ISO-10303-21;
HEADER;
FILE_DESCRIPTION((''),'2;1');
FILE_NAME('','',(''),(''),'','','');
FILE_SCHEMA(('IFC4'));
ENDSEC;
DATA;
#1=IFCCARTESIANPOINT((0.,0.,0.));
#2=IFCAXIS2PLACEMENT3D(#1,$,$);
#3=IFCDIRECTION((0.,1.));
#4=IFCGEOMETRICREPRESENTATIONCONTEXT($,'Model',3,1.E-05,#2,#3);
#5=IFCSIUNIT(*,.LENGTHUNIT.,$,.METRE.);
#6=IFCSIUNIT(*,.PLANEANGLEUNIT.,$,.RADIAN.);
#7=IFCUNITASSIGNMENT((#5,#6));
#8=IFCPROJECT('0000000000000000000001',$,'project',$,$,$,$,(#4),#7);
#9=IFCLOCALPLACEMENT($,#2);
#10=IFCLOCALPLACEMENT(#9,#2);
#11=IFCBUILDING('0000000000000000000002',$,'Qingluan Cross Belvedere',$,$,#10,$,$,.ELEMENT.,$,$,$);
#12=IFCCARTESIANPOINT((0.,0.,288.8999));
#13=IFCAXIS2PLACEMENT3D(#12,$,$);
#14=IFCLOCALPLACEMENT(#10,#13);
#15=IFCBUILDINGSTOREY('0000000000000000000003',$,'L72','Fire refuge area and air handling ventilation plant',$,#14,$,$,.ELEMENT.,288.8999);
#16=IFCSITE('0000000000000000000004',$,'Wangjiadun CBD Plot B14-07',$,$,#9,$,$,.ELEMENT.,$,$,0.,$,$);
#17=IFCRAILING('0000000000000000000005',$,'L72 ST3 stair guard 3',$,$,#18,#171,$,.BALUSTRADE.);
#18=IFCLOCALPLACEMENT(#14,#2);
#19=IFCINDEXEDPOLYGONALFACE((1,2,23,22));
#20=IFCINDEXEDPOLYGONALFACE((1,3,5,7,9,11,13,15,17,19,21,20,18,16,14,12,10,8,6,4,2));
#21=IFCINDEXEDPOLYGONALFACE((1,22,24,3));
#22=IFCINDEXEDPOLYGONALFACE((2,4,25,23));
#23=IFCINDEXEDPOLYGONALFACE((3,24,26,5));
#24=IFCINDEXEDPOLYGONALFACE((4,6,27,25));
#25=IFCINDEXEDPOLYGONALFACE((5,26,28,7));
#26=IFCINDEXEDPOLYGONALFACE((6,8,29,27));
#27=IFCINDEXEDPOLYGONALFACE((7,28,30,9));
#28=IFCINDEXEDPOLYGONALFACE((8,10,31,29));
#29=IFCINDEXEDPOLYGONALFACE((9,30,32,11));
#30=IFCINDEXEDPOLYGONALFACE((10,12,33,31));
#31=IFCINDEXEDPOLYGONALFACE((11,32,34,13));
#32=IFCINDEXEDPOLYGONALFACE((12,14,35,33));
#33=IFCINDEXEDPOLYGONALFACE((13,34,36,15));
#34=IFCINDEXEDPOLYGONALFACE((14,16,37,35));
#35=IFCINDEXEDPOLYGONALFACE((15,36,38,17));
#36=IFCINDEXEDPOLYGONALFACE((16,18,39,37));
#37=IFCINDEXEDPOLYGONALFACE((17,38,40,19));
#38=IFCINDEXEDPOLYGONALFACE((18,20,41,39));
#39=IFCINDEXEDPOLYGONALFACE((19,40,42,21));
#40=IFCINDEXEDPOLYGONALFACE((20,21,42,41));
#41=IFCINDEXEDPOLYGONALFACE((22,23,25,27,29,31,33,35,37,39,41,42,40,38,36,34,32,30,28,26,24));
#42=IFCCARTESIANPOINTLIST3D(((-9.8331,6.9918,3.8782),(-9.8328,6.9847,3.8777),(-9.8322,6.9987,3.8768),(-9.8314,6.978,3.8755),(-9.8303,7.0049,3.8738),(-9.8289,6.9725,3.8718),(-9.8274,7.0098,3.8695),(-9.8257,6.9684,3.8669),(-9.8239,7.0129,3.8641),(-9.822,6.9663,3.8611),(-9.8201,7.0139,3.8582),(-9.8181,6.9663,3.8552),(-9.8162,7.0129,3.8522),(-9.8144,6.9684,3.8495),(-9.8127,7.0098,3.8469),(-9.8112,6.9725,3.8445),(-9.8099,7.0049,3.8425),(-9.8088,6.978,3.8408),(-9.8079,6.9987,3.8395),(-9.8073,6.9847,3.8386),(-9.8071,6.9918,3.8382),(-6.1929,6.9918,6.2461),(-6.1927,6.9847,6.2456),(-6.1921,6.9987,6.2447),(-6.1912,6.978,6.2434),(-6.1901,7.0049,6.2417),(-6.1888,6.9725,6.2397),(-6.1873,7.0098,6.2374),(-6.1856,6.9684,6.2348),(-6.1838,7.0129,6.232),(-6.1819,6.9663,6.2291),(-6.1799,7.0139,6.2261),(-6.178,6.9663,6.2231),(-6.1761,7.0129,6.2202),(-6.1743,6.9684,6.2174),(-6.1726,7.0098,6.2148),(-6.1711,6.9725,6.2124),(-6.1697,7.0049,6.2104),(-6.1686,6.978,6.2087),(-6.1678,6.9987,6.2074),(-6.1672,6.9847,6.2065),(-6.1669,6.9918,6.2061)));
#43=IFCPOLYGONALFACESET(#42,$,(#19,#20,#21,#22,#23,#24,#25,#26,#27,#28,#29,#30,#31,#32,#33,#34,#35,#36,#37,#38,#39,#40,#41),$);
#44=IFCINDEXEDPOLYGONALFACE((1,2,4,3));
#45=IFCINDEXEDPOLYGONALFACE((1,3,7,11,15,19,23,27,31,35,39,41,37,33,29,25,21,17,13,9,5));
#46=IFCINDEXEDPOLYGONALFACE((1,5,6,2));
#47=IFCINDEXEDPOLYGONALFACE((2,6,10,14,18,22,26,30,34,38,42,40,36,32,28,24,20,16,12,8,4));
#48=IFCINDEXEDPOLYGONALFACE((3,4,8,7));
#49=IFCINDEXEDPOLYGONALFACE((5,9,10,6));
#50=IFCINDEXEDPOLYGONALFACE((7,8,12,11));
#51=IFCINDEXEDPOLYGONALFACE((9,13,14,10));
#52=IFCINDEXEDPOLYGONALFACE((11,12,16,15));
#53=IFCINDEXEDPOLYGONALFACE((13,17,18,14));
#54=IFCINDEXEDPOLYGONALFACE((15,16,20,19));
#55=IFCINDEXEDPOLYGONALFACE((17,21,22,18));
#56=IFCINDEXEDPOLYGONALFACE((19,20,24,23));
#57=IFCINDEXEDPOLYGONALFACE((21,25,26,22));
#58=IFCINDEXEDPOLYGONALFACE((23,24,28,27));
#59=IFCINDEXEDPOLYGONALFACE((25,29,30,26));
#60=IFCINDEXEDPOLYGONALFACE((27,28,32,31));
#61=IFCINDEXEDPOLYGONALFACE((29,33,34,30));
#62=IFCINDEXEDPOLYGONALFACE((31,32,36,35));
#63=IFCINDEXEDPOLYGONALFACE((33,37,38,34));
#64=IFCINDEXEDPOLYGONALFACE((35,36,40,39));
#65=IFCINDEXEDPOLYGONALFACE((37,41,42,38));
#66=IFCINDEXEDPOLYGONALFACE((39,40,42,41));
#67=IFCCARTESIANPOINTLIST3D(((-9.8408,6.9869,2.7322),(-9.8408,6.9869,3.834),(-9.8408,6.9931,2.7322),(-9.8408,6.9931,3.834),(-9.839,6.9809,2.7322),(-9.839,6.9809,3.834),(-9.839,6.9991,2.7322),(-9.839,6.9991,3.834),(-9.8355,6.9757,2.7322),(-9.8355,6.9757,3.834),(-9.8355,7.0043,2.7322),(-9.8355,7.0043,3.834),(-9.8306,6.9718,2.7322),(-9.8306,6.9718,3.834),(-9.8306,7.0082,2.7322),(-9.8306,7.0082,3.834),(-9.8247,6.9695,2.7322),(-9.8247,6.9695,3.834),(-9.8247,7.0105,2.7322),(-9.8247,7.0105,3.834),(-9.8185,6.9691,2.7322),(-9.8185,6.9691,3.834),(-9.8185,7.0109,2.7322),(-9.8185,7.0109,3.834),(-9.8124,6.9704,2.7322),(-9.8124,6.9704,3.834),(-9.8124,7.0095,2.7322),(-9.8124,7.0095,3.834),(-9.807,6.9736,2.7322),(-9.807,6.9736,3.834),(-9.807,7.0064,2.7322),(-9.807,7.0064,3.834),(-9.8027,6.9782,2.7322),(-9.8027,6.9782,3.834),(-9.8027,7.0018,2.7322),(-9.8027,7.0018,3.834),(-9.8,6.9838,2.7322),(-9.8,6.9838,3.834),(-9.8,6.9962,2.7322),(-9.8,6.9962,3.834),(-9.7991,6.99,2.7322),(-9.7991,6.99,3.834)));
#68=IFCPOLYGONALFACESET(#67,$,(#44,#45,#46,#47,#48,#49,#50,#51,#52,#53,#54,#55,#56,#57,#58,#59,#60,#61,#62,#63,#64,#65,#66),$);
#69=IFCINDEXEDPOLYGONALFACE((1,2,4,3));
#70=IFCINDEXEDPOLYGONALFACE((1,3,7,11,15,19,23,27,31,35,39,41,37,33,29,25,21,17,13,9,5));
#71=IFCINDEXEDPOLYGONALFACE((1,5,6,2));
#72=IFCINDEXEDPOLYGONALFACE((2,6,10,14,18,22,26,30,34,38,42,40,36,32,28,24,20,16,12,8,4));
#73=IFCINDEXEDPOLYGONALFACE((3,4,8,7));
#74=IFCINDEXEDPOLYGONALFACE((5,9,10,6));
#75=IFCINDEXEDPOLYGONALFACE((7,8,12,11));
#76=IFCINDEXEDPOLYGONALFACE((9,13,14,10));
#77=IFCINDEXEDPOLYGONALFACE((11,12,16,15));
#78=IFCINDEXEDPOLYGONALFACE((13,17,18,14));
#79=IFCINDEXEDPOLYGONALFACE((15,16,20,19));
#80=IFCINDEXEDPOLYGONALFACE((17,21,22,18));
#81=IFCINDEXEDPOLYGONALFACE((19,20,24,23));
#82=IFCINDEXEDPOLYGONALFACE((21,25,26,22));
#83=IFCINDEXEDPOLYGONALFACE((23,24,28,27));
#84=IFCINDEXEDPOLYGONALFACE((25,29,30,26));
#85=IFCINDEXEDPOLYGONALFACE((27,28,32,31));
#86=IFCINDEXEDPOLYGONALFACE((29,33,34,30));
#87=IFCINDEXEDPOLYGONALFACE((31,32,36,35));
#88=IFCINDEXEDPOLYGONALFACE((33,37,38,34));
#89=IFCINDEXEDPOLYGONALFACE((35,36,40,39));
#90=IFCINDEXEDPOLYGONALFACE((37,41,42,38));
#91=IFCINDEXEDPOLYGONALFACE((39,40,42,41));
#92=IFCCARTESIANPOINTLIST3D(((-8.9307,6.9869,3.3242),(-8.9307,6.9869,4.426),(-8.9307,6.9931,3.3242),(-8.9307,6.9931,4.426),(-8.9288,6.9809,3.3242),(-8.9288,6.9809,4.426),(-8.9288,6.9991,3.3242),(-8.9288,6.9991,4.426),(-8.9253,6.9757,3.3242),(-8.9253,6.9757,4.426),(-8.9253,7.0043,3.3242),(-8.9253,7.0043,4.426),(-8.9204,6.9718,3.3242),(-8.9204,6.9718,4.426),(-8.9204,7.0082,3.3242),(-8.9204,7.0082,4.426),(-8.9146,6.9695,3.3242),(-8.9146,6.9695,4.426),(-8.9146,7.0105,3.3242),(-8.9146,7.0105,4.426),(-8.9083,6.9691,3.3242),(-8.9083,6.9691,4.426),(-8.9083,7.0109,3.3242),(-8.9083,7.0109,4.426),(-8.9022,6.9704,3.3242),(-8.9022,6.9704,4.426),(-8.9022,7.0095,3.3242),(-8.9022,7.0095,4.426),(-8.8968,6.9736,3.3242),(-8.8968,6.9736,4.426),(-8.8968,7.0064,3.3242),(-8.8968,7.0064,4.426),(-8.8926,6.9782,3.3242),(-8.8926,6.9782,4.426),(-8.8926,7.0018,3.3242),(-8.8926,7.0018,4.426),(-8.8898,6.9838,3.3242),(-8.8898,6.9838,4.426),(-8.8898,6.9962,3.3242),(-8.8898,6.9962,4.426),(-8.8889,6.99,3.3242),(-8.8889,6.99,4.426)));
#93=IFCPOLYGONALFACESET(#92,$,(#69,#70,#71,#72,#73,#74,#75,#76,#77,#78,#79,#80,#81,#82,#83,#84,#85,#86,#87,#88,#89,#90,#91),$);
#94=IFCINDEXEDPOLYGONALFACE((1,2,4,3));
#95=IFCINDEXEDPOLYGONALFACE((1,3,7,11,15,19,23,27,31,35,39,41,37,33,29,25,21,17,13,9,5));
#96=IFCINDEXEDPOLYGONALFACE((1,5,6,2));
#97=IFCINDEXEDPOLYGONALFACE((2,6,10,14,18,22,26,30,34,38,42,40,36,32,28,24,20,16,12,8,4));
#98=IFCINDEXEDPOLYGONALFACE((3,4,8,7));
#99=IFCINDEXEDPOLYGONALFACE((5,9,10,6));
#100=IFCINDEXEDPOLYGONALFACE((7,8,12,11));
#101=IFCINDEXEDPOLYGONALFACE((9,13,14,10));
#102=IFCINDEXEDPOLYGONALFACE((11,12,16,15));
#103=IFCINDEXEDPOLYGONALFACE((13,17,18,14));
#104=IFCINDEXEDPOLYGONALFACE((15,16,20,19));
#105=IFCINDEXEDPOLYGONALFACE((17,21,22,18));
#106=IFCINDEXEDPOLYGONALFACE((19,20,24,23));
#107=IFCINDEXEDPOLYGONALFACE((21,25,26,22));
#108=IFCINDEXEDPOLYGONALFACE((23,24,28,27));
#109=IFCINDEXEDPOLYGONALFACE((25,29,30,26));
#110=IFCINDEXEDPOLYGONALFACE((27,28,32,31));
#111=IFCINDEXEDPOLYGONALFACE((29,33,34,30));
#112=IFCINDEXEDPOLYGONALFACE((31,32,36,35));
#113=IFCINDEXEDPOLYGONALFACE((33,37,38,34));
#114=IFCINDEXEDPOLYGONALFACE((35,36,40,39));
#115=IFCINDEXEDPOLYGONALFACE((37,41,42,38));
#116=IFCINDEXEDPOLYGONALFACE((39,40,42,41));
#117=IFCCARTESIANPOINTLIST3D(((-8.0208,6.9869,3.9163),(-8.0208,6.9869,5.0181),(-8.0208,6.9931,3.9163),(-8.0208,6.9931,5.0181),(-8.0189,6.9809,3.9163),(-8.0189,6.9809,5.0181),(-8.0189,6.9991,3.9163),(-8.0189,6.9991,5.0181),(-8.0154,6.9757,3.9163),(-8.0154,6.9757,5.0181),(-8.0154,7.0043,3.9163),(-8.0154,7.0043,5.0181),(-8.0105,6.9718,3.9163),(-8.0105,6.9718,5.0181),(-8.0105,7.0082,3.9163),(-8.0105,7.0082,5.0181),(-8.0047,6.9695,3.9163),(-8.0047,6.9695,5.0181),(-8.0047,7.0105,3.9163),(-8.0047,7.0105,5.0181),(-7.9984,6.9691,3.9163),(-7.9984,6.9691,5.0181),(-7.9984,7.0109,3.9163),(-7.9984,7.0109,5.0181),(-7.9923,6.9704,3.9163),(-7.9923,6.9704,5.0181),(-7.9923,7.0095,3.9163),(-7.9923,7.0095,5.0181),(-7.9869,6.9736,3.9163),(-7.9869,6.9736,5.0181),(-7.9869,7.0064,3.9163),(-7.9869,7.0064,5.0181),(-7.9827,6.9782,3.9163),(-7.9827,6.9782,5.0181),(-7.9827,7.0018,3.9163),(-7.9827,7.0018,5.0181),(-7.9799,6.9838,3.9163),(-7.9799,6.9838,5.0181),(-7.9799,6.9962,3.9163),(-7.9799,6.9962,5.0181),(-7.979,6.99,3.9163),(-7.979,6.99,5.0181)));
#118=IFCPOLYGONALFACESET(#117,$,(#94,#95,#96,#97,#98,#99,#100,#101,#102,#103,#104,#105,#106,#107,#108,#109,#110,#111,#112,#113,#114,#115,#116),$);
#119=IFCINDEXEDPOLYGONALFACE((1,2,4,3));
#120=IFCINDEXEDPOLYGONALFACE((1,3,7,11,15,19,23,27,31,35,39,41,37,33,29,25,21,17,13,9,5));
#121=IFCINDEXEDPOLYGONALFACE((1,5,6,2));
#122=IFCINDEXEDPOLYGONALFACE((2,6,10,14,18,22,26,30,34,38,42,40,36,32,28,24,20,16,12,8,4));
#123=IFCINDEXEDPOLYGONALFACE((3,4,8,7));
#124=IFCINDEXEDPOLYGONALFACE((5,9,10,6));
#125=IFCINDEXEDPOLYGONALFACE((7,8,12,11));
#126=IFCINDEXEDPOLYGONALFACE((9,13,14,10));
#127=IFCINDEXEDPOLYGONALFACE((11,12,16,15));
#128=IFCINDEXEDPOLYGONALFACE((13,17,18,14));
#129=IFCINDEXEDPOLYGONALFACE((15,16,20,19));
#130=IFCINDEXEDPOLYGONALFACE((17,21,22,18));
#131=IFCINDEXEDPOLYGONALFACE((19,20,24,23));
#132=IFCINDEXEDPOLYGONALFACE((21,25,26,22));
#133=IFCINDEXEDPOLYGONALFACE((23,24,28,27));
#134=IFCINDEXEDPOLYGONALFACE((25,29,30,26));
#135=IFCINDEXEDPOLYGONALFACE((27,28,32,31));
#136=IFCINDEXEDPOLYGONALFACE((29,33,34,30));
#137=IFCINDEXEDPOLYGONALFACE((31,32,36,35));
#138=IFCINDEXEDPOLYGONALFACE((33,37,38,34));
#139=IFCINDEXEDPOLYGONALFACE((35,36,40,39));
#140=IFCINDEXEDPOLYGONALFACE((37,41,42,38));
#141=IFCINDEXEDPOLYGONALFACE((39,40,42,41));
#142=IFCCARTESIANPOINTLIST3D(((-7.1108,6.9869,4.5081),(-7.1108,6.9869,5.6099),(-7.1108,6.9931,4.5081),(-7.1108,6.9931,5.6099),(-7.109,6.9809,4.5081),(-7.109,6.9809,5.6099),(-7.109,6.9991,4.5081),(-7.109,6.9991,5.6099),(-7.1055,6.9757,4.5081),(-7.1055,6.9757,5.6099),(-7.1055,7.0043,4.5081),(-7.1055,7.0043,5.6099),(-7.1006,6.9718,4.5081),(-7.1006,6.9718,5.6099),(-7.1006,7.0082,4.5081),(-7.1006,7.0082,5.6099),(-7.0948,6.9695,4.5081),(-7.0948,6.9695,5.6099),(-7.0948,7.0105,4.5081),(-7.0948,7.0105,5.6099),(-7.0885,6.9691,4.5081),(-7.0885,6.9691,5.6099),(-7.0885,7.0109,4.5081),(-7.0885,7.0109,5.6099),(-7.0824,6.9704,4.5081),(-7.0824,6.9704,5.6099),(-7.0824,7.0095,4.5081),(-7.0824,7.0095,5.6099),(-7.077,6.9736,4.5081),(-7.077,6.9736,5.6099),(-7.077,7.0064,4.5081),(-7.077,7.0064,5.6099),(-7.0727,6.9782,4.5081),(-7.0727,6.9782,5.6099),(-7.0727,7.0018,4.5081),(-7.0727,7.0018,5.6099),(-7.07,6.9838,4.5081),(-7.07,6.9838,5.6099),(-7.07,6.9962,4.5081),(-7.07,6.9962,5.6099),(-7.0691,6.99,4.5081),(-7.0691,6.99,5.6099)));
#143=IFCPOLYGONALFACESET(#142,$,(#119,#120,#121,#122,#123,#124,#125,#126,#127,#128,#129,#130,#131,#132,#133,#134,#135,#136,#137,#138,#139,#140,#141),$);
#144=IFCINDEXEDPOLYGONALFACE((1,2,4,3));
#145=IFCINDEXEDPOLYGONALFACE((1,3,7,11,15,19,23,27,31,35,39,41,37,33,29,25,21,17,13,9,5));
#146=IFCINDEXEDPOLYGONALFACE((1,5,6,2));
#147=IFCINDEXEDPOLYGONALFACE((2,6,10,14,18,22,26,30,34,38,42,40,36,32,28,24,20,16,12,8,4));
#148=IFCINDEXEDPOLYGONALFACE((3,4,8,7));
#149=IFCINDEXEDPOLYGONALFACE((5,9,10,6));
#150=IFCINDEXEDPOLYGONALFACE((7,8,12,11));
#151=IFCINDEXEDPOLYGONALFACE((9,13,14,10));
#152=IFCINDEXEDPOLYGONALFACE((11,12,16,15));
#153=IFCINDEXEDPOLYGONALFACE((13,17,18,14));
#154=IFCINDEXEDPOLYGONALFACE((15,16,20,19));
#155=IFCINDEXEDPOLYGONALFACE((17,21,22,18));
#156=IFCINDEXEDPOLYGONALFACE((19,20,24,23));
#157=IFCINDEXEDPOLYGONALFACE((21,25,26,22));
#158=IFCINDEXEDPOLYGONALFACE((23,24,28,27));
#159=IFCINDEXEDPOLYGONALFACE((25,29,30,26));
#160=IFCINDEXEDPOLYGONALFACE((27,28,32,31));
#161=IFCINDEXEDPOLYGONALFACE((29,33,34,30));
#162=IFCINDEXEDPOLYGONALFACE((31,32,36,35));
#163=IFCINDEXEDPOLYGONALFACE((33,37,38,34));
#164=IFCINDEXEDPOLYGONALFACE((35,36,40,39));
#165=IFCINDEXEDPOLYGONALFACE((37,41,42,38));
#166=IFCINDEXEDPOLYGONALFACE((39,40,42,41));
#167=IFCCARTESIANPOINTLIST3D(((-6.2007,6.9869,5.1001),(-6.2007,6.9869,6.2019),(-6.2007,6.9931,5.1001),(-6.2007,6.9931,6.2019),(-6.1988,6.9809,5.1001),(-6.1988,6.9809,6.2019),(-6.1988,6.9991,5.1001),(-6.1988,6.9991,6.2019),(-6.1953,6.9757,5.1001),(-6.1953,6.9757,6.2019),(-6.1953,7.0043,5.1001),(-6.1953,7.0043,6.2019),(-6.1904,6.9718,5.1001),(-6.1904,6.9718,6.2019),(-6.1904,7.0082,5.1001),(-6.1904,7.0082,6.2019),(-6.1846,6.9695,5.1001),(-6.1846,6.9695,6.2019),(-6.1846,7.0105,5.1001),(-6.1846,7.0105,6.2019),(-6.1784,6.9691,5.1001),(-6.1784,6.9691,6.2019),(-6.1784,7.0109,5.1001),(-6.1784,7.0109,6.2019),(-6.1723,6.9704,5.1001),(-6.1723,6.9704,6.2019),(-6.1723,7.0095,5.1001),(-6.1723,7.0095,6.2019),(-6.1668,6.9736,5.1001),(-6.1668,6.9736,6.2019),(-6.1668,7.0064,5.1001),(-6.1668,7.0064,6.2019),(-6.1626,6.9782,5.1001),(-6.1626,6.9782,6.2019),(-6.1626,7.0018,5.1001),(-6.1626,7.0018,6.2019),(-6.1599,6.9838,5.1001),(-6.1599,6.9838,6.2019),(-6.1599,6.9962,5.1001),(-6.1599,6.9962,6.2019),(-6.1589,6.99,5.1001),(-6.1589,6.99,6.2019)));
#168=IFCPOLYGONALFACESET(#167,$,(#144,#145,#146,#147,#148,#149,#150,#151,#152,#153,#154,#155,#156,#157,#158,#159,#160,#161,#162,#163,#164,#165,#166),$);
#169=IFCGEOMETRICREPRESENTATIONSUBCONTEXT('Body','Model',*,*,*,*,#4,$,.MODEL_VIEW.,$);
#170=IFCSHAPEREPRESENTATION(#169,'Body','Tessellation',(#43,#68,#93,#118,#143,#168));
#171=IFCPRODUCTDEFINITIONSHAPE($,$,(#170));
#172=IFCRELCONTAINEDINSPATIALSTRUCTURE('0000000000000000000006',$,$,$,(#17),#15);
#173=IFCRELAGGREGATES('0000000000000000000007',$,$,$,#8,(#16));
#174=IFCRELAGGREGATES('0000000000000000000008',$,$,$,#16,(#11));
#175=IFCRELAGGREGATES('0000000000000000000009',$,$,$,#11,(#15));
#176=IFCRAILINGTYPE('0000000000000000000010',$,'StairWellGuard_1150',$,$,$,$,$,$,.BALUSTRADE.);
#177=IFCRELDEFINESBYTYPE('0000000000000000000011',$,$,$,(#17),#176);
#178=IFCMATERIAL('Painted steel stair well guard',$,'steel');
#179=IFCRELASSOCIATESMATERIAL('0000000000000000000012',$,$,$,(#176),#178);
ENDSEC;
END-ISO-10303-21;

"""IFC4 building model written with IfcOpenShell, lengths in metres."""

from ifc_helpers import new_model, si_unit, direction, frame, origin, origin_2d, place, context, subcontext, project, spatial, circle, extrude, material, type_object, element, save


model = new_model("IFC4")

# Units and contexts
model_context = context("Model", 3, precision=1e-05, world=origin(), true_north=direction((0.0, 1.0)))
body_context = subcontext(model_context, "Body", "Model", "MODEL_VIEW")
ifc_project = project(units=[si_unit("LENGTHUNIT", "METRE"), si_unit("PLANEANGLEUNIT", "RADIAN")], contexts=[model_context])

# Site, building, storey
site_placement = place(None, origin())
site = spatial("IfcSite", under=ifc_project, at=site_placement, Name="Wangjiadun CBD Plot B14-07", CompositionType="ELEMENT", RefElevation=0.0)
building_placement = place(site_placement, origin())
building = spatial("IfcBuilding", under=site, at=building_placement, Name="Qingluan Cross Belvedere", CompositionType="ELEMENT")
storey_placement = place(building_placement, frame((0.0, 0.0, 288.8999)))
storey = spatial("IfcBuildingStorey", under=building, at=storey_placement, Name="L72", Description="Fire refuge area and air handling ventilation plant", CompositionType="ELEMENT", Elevation=288.8999)

# Railing
ifc_material_1 = material(Name="Painted steel stair well guard", Category="steel")
railing_type_1 = type_object("IfcRailingType", Name="StairWellGuard_1150", PredefinedType="BALUSTRADE", material=ifc_material_1)
railing_1_placement = place(storey_placement, frame((-9.8201, 6.99, 2.7322)))
element("IfcRailing", 1, at=railing_1_placement, inside=storey, type_object=railing_type_1, Name="L72 ST3 stair guard 3", PredefinedType="BALUSTRADE", context=body_context, shape_type="SweptSolid", body=[
    extrude(circle(Radius=0.0239, at=origin_2d()), frame((0.0, 0.0, 1.126), z_axis=(0.838251, 0.0, 0.545285), x_axis=(0.0, 1.0, 0.0)), (0.0, 0.0, 1.0), 4.3425),
    extrude(circle(Radius=0.021, at=origin_2d()), origin(), (0.0, 0.0, 1.0), 1.1018),
    extrude(circle(Radius=0.021, at=origin_2d()), frame((0.9102, 0.0, 0.592)), (0.0, 0.0, 1.0), 1.1018),
    extrude(circle(Radius=0.021, at=origin_2d()), frame((1.8201, 0.0, 1.1841)), (0.0, 0.0, 1.0), 1.1018),
    extrude(circle(Radius=0.021, at=origin_2d()), frame((2.73, 0.0, 1.7759)), (0.0, 0.0, 1.0), 1.1018),
    extrude(circle(Radius=0.021, at=origin_2d()), frame((3.6401, 0.0, 2.3679)), (0.0, 0.0, 1.0), 1.1018),
])

save(model, "model.ifc")
